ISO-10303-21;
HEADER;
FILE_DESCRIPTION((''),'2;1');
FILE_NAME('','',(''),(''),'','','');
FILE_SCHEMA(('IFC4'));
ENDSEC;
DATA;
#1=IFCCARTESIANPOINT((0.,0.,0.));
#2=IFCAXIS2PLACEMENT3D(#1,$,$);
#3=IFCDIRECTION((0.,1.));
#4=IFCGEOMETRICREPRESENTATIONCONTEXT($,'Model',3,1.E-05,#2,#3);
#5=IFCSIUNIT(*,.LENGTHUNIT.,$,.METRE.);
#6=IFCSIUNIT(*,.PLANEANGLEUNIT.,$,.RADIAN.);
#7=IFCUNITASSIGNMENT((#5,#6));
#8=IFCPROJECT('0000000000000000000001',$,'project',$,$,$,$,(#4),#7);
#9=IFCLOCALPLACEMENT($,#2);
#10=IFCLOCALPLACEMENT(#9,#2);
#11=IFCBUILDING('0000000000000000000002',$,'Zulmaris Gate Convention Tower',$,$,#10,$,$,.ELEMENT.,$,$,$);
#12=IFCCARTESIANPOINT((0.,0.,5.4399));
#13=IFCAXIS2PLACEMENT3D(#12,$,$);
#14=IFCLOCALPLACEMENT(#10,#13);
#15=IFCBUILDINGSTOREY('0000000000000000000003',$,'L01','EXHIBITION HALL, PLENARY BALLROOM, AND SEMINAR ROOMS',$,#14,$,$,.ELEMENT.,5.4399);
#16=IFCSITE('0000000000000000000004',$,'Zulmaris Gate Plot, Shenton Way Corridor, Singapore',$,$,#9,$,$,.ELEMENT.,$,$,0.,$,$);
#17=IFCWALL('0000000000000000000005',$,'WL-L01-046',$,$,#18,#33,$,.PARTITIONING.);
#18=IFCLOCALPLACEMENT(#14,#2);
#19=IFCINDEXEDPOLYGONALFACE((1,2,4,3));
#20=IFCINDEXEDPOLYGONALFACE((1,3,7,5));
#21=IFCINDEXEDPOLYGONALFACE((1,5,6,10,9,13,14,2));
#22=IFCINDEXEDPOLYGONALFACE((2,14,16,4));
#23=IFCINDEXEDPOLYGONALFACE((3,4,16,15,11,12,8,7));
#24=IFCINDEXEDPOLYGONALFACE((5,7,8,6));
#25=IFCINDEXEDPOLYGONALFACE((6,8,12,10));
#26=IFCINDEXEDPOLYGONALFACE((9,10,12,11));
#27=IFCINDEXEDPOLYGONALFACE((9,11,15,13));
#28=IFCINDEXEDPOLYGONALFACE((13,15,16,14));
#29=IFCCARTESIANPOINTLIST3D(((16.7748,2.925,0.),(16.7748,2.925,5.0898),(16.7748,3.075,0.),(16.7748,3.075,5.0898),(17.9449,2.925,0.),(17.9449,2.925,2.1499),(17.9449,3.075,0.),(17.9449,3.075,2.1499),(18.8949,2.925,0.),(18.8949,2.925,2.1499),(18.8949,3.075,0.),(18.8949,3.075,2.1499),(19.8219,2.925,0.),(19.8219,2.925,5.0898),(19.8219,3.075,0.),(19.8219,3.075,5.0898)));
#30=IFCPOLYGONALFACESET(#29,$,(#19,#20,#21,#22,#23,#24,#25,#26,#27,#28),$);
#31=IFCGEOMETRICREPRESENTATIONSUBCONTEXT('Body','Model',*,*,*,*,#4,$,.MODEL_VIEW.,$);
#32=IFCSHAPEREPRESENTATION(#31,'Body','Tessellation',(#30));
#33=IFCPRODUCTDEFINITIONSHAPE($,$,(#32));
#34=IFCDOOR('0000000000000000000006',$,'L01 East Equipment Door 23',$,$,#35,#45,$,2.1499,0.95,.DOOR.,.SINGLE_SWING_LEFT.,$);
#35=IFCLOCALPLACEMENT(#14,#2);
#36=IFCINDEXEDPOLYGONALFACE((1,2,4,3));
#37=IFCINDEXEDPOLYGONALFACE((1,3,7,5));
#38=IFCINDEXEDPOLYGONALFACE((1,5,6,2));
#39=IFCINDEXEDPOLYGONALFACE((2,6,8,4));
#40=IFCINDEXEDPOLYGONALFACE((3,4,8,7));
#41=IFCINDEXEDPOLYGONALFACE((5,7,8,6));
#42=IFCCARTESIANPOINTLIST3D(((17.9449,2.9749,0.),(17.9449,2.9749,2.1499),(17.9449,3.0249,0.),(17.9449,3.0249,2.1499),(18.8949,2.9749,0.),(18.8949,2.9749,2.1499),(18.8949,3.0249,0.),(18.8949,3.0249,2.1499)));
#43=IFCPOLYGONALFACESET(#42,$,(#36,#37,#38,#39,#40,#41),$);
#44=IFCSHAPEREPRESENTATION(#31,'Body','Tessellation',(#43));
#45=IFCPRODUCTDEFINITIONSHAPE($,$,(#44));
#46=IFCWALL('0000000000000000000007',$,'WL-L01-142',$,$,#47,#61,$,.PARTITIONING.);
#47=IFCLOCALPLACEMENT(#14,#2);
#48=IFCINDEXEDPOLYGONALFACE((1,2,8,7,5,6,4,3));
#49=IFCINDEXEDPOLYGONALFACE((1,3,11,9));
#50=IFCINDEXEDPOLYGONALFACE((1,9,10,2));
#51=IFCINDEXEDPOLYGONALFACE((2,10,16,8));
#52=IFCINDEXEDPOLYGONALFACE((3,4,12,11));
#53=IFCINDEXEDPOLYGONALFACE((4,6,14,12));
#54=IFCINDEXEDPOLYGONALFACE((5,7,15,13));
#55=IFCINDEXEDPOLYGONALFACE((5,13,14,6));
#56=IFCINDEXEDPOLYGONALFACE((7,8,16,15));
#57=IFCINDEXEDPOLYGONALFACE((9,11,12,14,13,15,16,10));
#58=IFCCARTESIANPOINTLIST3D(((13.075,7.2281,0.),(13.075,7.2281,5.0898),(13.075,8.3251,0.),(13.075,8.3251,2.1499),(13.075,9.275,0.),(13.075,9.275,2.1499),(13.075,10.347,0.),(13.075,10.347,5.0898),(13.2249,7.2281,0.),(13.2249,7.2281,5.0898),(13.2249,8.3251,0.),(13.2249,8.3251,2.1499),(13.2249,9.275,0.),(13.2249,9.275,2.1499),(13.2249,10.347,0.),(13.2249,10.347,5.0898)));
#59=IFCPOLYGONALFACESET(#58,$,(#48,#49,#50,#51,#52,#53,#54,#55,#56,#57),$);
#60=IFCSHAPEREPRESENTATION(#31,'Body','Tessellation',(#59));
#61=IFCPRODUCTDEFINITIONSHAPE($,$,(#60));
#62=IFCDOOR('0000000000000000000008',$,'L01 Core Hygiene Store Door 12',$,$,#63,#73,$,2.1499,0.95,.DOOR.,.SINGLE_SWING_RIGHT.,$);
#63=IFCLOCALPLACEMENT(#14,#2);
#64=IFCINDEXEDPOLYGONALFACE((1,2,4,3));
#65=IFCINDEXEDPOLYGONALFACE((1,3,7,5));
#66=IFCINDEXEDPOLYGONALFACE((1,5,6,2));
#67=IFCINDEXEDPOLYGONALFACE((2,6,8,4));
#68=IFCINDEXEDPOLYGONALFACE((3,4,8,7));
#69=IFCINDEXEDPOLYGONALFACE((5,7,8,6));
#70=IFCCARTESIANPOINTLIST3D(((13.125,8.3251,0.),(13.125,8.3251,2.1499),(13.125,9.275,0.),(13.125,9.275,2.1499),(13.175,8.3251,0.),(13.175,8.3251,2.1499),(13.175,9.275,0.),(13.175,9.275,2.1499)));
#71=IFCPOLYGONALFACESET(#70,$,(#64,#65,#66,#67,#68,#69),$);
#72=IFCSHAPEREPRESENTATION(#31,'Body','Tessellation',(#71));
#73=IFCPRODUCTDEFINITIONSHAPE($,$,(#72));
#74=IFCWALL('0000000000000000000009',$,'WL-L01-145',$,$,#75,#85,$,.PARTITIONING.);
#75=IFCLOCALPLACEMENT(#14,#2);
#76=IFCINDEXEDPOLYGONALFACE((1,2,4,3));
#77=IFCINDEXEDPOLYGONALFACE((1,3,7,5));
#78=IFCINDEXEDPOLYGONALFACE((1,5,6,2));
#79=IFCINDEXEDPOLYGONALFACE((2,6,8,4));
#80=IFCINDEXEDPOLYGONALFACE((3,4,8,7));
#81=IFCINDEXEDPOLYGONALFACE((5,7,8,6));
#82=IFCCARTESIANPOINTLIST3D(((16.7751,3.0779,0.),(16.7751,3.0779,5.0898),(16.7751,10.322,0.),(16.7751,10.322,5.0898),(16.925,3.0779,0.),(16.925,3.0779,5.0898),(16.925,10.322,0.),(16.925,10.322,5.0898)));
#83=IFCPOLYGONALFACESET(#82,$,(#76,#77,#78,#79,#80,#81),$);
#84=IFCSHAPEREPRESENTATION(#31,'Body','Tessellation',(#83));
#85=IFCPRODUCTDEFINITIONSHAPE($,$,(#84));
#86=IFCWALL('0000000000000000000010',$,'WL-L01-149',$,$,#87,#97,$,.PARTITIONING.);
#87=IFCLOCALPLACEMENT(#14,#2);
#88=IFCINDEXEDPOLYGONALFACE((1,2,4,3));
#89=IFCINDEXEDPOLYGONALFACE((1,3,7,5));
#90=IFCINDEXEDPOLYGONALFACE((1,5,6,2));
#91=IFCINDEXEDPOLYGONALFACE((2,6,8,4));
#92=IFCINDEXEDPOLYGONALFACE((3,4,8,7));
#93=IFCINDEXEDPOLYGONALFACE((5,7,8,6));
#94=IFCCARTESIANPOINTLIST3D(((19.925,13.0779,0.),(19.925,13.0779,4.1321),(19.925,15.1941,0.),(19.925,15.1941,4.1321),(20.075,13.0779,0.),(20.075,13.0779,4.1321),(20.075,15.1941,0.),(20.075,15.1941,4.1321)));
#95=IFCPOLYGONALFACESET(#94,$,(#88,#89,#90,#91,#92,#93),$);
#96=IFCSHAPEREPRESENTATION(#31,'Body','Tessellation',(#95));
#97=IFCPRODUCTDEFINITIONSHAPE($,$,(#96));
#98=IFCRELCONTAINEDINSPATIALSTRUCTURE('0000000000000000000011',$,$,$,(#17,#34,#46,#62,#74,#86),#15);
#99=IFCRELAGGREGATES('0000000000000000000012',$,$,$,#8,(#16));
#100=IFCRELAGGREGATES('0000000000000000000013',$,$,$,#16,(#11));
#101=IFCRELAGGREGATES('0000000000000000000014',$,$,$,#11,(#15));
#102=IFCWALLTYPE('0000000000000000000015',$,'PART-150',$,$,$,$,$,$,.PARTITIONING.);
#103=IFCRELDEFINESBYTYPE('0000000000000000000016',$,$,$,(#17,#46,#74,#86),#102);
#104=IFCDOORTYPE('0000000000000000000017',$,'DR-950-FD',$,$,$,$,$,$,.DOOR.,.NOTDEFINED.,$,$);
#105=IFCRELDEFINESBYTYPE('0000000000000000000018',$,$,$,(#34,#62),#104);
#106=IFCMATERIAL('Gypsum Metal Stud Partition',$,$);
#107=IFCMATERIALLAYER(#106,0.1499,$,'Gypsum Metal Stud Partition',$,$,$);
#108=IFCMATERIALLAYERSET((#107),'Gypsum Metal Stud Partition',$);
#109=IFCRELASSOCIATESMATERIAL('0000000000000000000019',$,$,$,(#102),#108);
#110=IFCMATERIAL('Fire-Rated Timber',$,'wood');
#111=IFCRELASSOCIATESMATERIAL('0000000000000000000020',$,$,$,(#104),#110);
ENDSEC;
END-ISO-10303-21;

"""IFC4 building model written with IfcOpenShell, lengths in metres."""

from ifc_helpers import new_model, si_unit, direction, frame, frame_2d, origin, place, context, subcontext, project, spatial, rectangle, extrude, material, layer, layer_set, type_object, element, fill, save


model = new_model("IFC4")

# Units and contexts
model_context = context("Model", 3, precision=1e-05, world=origin(), true_north=direction((0.0, 1.0)))
body_context = subcontext(model_context, "Body", "Model", "MODEL_VIEW")
ifc_project = project(units=[si_unit("LENGTHUNIT", "METRE"), si_unit("PLANEANGLEUNIT", "RADIAN")], contexts=[model_context])

# Site, building, storey
site_placement = place(None, origin())
site = spatial("IfcSite", under=ifc_project, at=site_placement, Name="Zulmaris Gate Plot, Shenton Way Corridor, Singapore", CompositionType="ELEMENT", RefElevation=0.0)
building_placement = place(site_placement, origin())
building = spatial("IfcBuilding", under=site, at=building_placement, Name="Zulmaris Gate Convention Tower", CompositionType="ELEMENT")
storey_placement = place(building_placement, frame((0.0, 0.0, 5.4399)))
storey = spatial("IfcBuildingStorey", under=building, at=storey_placement, Name="L01", Description="EXHIBITION HALL, PLENARY BALLROOM, AND SEMINAR ROOMS", CompositionType="ELEMENT", Elevation=5.4399)

# Shared definitions
ifc_material_1 = material(Name="Fire-Rated Timber", Category="wood")

# Wall, opening, door
ifc_material_2 = material(Name="Gypsum Metal Stud Partition")
ifc_layer_1 = layer(ifc_material_2, 0.1499, Name="Gypsum Metal Stud Partition")
ifc_layer_set_1 = layer_set([ifc_layer_1], Name="Gypsum Metal Stud Partition")
wall_type_1 = type_object("IfcWallType", Name="PART-150", PredefinedType="PARTITIONING", material=ifc_layer_set_1)
wall_1_placement = place(storey_placement, frame((16.7749, 3.0, 0.0), z_axis=(0.0, 0.0, 1.0), x_axis=(1.0, 0.0, 0.0)))
wall_1 = element("IfcWall", 1, at=wall_1_placement, inside=storey, type_object=wall_type_1, Name="WL-L01-046", PredefinedType="PARTITIONING", context=body_context, shape_type="SweptSolid", body=[
    extrude(rectangle(XDim=3.0471, YDim=0.1499, at=frame_2d((1.5234, 0.0))), origin(), (0.0, 0.0, 1.0), 5.0898),
])
opening_1_placement = place(wall_1_placement, frame((1.1699, 0.0, 0.0)))
opening_1 = element("IfcOpeningElement", 2, at=opening_1_placement, cuts=wall_1, PredefinedType="OPENING", context=body_context, shape_type="SweptSolid", body=[
    extrude(rectangle(XDim=0.95, YDim=2.1499, at=frame_2d((0.4751, 1.075))), frame((0.0, 0.085, 0.0), z_axis=(0.0, -1.0, 0.0), x_axis=(1.0, 0.0, 0.0)), (0.0, 0.0, 1.0), 0.1699),
])
door_type_1 = type_object("IfcDoorType", Name="DR-950-FD", OperationType="NOTDEFINED", PredefinedType="DOOR", material=ifc_material_1)
door_1_placement = place(opening_1_placement, origin())
door_1 = element("IfcDoor", 3, at=door_1_placement, inside=storey, type_object=door_type_1, Name="L01 East Equipment Door 23", OperationType="SINGLE_SWING_LEFT", OverallHeight=2.1499, OverallWidth=0.95, PredefinedType="DOOR", context=body_context, shape_type="SweptSolid", body=[
    extrude(rectangle(XDim=0.95, YDim=2.1499, at=frame_2d((0.4751, 1.075))), frame((0.0, 0.0249, 0.0), z_axis=(0.0, -1.0, 0.0), x_axis=(1.0, 0.0, 0.0)), (0.0, 0.0, 1.0), 0.05),
])
fill(opening_1, door_1)

# Wall, opening, door
wall_2_placement = place(storey_placement, frame((13.1499, 7.228, 0.0), z_axis=(0.0, 0.0, 1.0), x_axis=(0.0, 1.0, 0.0)))
wall_2 = element("IfcWall", 4, at=wall_2_placement, inside=storey, type_object=wall_type_1, Name="WL-L01-142", PredefinedType="PARTITIONING", context=body_context, shape_type="SweptSolid", body=[
    extrude(rectangle(XDim=3.1189, YDim=0.1499, at=frame_2d((1.5596, 0.0))), origin(), (0.0, 0.0, 1.0), 5.0898),
])
opening_2_placement = place(wall_2_placement, frame((1.0969, 0.0, 0.0)))
opening_2 = element("IfcOpeningElement", 5, at=opening_2_placement, cuts=wall_2, PredefinedType="OPENING", context=body_context, shape_type="SweptSolid", body=[
    extrude(rectangle(XDim=0.95, YDim=2.1499, at=frame_2d((0.4751, 1.075))), frame((0.0, 0.085, 0.0), z_axis=(0.0, -1.0, 0.0), x_axis=(1.0, 0.0, 0.0)), (0.0, 0.0, 1.0), 0.1699),
])
door_2_placement = place(opening_2_placement, origin())
door_2 = element("IfcDoor", 6, at=door_2_placement, inside=storey, type_object=door_type_1, Name="L01 Core Hygiene Store Door 12", OperationType="SINGLE_SWING_RIGHT", OverallHeight=2.1499, OverallWidth=0.95, PredefinedType="DOOR", context=body_context, shape_type="SweptSolid", body=[
    extrude(rectangle(XDim=0.95, YDim=2.1499, at=frame_2d((0.4751, 1.075))), frame((0.0, 0.0249, 0.0), z_axis=(0.0, -1.0, 0.0), x_axis=(1.0, 0.0, 0.0)), (0.0, 0.0, 1.0), 0.05),
])
fill(opening_2, door_2)

# Wall
wall_3_placement = place(storey_placement, frame((16.8501, 3.0779, 0.0), z_axis=(0.0, 0.0, 1.0), x_axis=(0.0, 1.0, 0.0)))
element("IfcWall", 7, at=wall_3_placement, inside=storey, type_object=wall_type_1, Name="WL-L01-145", PredefinedType="PARTITIONING", context=body_context, shape_type="SweptSolid", body=[
    extrude(rectangle(XDim=7.2441, YDim=0.1499, at=frame_2d((3.6221, 0.0))), origin(), (0.0, 0.0, 1.0), 5.0898),
])

# Wall
wall_4_placement = place(storey_placement, frame((20.0, 13.0779, 0.0), z_axis=(0.0, 0.0, 1.0), x_axis=(0.0, 1.0, 0.0)))
element("IfcWall", 8, at=wall_4_placement, inside=storey, type_object=wall_type_1, Name="WL-L01-149", PredefinedType="PARTITIONING", context=body_context, shape_type="SweptSolid", body=[
    extrude(rectangle(XDim=2.1162, YDim=0.1499, at=frame_2d((1.0581, 0.0))), origin(), (0.0, 0.0, 1.0), 4.1321),
])

save(model, "model.ifc")
